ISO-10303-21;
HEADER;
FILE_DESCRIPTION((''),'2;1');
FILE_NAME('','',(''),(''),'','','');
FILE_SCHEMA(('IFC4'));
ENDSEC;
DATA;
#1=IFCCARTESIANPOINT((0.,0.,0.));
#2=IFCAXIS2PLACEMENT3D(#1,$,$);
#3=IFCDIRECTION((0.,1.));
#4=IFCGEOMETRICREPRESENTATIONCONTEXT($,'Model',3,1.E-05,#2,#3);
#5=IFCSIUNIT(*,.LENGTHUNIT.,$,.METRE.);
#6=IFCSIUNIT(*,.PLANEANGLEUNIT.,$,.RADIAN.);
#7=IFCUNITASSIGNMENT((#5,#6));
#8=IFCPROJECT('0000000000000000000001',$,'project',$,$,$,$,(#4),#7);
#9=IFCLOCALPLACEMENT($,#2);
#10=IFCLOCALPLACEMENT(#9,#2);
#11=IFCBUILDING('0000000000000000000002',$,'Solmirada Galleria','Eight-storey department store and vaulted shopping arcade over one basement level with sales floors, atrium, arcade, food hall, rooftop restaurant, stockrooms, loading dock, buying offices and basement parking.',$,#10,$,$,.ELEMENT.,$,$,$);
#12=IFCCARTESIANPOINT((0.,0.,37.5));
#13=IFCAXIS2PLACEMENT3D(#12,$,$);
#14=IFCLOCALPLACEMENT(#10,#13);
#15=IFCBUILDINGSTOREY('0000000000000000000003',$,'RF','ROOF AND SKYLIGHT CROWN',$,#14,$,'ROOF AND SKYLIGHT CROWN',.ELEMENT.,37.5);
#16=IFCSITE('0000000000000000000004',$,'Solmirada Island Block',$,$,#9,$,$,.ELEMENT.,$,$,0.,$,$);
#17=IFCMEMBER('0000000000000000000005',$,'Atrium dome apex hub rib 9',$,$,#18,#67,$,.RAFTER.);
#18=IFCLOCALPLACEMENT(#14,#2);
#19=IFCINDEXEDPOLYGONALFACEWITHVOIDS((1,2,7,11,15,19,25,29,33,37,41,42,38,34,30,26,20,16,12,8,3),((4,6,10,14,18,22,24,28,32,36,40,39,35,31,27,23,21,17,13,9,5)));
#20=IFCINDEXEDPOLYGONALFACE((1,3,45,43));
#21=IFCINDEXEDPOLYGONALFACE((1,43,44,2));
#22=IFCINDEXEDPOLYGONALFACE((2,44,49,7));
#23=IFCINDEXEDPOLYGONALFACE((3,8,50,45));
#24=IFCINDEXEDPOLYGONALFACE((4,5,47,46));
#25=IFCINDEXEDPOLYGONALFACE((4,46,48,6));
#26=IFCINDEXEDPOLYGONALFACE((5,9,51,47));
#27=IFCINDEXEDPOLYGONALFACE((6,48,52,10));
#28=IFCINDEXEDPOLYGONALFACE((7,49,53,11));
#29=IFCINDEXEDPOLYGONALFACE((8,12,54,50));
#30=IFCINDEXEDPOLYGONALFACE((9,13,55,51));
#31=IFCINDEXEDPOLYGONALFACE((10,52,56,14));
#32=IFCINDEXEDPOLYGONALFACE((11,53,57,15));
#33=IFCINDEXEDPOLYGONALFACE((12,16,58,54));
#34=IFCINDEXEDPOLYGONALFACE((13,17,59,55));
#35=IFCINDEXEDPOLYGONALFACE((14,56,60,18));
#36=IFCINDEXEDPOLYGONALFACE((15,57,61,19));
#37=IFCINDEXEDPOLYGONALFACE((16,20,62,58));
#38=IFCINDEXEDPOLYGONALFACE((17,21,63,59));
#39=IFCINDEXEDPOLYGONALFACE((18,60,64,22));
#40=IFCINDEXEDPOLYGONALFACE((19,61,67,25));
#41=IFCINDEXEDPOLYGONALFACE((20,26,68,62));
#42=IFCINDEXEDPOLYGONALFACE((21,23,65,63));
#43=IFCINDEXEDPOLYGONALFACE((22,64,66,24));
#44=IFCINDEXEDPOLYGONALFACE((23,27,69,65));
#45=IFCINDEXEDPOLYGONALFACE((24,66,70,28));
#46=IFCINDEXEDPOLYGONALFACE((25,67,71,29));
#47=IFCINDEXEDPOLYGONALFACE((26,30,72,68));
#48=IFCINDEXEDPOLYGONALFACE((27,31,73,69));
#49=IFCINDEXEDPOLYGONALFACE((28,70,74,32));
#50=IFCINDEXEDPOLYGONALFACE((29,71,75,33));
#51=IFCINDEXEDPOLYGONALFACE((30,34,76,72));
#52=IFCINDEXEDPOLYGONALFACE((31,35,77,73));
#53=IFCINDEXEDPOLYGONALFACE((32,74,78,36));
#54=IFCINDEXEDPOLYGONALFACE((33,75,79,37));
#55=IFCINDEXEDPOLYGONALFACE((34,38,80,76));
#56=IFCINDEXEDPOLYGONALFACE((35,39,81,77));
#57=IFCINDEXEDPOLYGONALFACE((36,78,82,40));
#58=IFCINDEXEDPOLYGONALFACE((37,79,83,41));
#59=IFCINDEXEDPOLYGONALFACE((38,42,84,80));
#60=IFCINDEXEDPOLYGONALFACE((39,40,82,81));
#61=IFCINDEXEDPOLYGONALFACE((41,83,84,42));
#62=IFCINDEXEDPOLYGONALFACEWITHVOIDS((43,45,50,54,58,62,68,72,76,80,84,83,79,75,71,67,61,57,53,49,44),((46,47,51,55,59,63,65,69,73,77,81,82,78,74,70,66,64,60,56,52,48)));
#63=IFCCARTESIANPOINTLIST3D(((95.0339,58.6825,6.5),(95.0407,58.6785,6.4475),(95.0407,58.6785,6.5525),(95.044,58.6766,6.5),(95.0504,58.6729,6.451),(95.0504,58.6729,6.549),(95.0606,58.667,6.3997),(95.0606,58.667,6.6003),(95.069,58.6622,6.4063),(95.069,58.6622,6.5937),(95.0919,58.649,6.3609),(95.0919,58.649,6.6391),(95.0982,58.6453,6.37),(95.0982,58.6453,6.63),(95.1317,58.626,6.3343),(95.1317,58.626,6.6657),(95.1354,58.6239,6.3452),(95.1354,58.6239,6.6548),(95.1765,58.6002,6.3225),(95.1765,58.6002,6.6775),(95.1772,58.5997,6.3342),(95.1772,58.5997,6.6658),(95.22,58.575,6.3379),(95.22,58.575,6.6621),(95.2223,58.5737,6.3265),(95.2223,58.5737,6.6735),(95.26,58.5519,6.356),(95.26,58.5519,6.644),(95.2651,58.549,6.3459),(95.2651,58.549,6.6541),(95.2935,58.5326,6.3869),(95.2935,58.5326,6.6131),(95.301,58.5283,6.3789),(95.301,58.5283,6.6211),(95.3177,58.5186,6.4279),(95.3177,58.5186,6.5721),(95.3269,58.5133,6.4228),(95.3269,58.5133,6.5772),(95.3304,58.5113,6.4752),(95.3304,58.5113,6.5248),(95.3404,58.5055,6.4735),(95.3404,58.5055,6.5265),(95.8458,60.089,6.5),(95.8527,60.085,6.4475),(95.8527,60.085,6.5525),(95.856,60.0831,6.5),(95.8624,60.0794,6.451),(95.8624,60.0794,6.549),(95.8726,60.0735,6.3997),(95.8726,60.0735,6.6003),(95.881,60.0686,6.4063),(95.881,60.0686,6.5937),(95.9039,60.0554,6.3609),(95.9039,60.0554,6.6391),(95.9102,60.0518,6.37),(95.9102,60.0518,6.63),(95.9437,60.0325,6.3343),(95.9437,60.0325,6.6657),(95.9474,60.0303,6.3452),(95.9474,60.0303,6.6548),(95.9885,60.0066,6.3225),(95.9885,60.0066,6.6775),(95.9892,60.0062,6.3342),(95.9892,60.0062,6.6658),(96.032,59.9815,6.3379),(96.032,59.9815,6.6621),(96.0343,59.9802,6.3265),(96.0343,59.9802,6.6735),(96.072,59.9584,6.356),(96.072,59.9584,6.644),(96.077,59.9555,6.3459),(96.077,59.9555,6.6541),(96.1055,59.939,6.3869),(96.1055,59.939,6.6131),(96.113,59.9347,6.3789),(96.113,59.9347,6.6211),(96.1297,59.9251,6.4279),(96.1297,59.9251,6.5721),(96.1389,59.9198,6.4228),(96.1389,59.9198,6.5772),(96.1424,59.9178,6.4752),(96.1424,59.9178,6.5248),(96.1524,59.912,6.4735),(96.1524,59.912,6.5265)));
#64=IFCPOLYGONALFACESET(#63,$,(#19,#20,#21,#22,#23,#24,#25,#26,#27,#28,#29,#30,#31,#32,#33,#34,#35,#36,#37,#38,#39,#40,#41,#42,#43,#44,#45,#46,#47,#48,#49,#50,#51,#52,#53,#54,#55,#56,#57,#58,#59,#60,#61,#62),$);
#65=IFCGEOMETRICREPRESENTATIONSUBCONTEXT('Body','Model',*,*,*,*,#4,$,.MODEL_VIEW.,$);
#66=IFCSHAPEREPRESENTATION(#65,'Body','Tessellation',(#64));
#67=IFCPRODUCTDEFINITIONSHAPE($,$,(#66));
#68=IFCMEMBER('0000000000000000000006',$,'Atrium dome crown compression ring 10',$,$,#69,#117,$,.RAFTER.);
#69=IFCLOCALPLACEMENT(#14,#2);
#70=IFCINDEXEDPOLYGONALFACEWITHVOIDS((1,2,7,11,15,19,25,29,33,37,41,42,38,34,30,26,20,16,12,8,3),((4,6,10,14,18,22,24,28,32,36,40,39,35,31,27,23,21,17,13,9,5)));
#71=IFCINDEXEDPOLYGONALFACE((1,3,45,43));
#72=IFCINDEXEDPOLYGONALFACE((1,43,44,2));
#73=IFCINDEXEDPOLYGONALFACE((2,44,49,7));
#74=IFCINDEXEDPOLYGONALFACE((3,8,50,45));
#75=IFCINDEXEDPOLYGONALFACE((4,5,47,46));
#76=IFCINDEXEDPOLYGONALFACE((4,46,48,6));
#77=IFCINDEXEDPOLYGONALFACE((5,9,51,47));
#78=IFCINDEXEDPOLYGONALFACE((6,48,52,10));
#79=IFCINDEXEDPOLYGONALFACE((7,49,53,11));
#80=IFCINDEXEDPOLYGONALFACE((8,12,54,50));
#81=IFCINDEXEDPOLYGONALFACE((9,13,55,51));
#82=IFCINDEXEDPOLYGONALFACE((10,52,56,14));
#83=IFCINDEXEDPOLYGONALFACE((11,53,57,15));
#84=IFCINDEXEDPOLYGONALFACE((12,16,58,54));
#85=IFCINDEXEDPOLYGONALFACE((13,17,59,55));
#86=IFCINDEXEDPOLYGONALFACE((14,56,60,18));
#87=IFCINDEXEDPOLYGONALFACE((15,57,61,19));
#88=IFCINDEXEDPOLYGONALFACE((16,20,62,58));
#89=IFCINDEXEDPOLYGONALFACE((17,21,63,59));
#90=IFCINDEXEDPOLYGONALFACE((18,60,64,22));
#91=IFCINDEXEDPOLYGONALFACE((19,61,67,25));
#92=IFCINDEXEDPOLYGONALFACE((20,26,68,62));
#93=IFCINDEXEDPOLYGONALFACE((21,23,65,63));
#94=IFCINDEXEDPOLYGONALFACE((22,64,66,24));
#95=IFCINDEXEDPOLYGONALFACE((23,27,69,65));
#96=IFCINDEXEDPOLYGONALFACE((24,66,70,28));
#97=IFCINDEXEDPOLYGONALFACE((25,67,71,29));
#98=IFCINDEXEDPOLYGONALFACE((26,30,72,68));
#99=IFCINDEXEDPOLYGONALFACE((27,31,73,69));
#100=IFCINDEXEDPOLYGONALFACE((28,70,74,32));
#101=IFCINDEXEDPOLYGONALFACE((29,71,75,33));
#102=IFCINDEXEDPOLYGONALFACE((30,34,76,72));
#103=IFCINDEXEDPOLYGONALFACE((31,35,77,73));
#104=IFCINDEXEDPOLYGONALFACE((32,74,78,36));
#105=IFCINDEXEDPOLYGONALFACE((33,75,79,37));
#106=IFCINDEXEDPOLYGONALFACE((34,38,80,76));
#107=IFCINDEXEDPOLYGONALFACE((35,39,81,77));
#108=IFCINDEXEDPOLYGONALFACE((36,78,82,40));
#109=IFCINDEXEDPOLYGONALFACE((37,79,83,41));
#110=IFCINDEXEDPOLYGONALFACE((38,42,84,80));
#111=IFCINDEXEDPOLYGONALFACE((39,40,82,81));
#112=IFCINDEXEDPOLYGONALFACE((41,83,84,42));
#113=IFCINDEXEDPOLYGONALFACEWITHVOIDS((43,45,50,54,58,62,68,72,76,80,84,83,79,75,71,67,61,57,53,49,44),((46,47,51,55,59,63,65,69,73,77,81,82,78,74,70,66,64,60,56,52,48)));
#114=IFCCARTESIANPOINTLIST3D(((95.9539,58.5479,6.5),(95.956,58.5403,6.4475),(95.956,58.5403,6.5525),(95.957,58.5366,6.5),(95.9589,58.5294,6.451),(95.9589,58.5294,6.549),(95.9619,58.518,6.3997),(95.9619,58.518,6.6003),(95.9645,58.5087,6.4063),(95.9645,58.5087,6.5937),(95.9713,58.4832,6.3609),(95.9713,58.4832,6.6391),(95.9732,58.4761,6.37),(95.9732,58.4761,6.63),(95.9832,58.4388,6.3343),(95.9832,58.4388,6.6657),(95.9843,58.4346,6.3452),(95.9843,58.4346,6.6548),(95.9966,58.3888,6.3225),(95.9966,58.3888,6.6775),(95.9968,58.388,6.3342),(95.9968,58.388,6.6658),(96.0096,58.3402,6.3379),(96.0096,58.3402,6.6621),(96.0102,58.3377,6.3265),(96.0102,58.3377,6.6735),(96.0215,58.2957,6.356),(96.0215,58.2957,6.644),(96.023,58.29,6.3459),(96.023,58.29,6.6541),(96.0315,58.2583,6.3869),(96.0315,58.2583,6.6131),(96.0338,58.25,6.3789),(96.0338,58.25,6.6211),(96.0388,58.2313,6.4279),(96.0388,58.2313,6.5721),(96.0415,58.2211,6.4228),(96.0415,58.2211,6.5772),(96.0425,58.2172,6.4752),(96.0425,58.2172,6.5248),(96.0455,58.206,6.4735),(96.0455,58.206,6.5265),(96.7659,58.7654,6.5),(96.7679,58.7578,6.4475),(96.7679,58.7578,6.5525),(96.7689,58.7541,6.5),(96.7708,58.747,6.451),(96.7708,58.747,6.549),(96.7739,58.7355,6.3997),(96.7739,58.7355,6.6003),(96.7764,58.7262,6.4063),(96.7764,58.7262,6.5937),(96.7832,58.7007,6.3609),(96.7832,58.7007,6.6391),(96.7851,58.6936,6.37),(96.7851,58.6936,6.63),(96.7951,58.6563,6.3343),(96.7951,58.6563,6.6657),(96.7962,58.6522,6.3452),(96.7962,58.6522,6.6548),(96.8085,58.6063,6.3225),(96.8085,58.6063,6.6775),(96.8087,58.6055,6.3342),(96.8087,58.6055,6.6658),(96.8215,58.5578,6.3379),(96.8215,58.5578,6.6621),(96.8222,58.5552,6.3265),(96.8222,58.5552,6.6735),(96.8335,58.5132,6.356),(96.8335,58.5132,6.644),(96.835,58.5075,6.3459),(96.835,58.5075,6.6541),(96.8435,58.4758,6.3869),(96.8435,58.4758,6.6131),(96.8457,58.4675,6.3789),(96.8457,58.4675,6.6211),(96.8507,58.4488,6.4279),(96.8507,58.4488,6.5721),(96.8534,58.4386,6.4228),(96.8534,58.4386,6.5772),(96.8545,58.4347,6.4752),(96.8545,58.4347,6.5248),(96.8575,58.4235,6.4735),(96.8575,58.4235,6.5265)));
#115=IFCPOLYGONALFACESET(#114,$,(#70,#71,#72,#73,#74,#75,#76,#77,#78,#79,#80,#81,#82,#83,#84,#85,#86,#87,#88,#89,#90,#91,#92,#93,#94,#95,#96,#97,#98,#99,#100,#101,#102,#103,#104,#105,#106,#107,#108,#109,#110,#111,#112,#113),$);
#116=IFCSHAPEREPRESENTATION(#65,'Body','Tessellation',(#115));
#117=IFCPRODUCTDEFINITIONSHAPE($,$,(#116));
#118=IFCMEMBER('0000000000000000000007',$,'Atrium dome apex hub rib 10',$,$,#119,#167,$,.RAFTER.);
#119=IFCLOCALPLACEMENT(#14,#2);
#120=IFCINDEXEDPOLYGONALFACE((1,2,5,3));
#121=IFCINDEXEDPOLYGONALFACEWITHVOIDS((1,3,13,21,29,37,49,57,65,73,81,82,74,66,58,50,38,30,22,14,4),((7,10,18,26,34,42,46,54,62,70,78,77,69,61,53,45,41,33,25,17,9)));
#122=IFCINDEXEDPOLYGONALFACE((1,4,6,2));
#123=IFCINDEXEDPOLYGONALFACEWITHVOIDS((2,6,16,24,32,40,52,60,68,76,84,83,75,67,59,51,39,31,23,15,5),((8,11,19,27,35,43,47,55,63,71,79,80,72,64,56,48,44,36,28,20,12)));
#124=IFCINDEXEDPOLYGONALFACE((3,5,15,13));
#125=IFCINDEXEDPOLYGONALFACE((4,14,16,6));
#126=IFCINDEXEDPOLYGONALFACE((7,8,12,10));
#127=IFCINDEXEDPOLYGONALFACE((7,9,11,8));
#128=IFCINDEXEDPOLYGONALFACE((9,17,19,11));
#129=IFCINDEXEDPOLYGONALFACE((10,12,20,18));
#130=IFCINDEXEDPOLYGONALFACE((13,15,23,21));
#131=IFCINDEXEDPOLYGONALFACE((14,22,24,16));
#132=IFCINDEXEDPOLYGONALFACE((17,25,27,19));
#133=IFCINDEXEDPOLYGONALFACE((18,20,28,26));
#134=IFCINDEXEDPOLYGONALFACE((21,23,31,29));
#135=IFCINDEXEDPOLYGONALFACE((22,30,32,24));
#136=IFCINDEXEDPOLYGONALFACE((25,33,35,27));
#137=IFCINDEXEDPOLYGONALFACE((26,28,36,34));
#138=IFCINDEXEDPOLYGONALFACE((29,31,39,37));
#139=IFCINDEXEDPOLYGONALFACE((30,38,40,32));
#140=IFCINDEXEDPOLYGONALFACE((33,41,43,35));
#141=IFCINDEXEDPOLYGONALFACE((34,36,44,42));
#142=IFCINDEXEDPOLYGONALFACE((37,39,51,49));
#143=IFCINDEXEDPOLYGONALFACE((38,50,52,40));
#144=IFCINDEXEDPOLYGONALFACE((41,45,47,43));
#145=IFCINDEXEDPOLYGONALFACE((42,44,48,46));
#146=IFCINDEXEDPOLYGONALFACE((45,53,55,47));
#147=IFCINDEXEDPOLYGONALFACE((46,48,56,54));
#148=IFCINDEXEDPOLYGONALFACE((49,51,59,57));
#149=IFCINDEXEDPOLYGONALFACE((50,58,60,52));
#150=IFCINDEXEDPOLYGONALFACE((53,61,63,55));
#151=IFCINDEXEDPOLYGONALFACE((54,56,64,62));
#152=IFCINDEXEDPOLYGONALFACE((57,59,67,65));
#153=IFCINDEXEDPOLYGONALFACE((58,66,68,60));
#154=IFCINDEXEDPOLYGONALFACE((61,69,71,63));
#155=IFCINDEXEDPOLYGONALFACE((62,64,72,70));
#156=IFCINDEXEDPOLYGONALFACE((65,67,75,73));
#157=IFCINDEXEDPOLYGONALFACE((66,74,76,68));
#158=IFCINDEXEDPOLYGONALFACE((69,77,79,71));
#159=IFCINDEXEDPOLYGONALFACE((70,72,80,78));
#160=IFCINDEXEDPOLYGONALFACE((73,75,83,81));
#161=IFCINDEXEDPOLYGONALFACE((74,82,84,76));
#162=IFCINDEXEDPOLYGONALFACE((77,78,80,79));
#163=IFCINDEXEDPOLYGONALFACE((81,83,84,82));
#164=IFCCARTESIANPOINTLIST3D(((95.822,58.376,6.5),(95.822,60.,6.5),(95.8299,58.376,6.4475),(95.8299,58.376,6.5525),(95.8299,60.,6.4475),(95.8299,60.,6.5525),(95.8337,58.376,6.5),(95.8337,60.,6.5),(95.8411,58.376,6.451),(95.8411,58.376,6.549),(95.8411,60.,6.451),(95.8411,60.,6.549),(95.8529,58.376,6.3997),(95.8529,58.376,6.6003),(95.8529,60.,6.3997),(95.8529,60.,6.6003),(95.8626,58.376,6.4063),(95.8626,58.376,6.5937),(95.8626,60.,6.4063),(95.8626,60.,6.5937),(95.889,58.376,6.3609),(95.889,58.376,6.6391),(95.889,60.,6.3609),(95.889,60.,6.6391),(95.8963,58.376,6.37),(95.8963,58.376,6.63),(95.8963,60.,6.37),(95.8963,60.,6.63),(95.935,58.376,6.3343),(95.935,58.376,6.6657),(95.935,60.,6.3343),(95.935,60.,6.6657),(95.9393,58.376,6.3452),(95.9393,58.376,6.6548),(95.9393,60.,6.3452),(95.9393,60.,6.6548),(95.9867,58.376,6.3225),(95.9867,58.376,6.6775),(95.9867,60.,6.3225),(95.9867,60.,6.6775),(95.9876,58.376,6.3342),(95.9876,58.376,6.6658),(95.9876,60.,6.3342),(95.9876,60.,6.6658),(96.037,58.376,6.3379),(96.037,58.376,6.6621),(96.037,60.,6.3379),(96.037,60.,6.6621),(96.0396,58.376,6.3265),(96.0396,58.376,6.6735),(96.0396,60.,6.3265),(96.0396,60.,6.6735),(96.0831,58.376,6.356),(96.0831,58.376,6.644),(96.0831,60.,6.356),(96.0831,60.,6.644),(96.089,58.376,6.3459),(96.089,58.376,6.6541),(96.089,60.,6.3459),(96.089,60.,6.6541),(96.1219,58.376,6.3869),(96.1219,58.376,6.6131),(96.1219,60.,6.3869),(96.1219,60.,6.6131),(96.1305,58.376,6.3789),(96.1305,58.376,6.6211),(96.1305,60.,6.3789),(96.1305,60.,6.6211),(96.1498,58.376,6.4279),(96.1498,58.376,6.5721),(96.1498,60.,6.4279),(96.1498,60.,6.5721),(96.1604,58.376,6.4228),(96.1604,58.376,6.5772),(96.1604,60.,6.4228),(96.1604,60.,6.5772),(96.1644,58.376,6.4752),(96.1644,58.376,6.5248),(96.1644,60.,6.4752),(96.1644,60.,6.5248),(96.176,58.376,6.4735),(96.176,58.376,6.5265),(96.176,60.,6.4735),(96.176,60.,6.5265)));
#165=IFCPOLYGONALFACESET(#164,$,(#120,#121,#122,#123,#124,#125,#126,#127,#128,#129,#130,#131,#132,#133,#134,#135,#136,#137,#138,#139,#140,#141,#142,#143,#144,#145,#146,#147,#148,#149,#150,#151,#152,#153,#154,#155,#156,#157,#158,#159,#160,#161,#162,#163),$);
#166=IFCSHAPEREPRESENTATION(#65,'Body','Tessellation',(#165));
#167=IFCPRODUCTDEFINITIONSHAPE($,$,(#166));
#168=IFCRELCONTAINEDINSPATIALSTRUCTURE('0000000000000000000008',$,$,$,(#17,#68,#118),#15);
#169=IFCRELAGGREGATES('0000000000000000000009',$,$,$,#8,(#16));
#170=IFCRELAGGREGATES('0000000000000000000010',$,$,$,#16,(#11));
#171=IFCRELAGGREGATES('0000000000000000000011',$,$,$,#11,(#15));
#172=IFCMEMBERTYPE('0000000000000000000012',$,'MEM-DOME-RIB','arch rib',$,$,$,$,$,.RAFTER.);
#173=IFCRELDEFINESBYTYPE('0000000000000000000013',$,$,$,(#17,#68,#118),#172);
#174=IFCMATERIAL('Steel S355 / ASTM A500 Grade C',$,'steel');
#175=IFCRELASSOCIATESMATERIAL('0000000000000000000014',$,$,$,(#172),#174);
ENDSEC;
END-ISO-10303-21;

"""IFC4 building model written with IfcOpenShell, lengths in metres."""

from ifc_helpers import new_model, si_unit, direction, frame, origin, origin_2d, place, context, subcontext, project, spatial, hollow_circle, extrude, material, material_profile, profile_set, type_object, element, save


model = new_model("IFC4")

# Units and contexts
model_context = context("Model", 3, precision=1e-05, world=origin(), true_north=direction((0.0, 1.0)))
body_context = subcontext(model_context, "Body", "Model", "MODEL_VIEW")
ifc_project = project(units=[si_unit("LENGTHUNIT", "METRE"), si_unit("PLANEANGLEUNIT", "RADIAN")], contexts=[model_context])

# Site, building, storey
site_placement = place(None, origin())
site = spatial("IfcSite", under=ifc_project, at=site_placement, Name="Solmirada Island Block", CompositionType="ELEMENT", RefElevation=0.0)
building_placement = place(site_placement, origin())
building = spatial("IfcBuilding", under=site, at=building_placement, Name="Solmirada Galleria", Description="Eight-storey department store and vaulted shopping arcade over one basement level with sales floors, atrium, arcade, food hall, rooftop restaurant, stockrooms, loading dock, buying offices and basement parking.", CompositionType="ELEMENT")
storey_placement = place(building_placement, frame((0.0, 0.0, 37.5)))
storey = spatial("IfcBuildingStorey", under=building, at=storey_placement, Name="RF", Description="ROOF AND SKYLIGHT CROWN", LongName="ROOF AND SKYLIGHT CROWN", CompositionType="ELEMENT", Elevation=37.5)

# Members
ifc_material_1 = material(Name="Steel S355 / ASTM A500 Grade C", Category="steel")
ifc_material_profile_1 = material_profile(ifc_material_1, hollow_circle(Radius=0.178, WallThickness=0.0117, at=origin_2d()), Name="HSS14.000X0.500")
ifc_profile_set_1 = profile_set([ifc_material_profile_1], Name="Steel S355 / ASTM A500 Grade C")
member_type_1 = type_object("IfcMemberType", Name="MEM-DOME-RIB", Description="arch rib", PredefinedType="RAFTER", material=ifc_profile_set_1)
member_1_placement = place(storey_placement, frame((95.188, 58.5935, 6.5), z_axis=(0.499987, 0.866033, 0.0), x_axis=(-0.866033, 0.499987, 0.0)))
element("IfcMember", 1, at=member_1_placement, inside=storey, type_object=member_type_1, Name="Atrium dome apex hub rib 9", PredefinedType="RAFTER", context=body_context, shape_type="SweptSolid", body=[
    extrude(hollow_circle(Radius=0.178, WallThickness=0.0117, at=origin_2d()), origin(), (0.0, 0.0, 1.0), 1.624),
])
member_2_placement = place(storey_placement, frame((96.0, 58.376, 6.5), z_axis=(0.96594, 0.258765, 0.0), x_axis=(-0.258765, 0.96594, 0.0)))
element("IfcMember", 2, at=member_2_placement, inside=storey, type_object=member_type_1, Name="Atrium dome crown compression ring 10", PredefinedType="RAFTER", context=body_context, shape_type="SweptSolid", body=[
    extrude(hollow_circle(Radius=0.178, WallThickness=0.0117, at=origin_2d()), origin(), (0.0, 0.0, 1.0), 0.8406),
])
member_3_placement = place(storey_placement, frame((96.0, 58.376, 6.5), z_axis=(0.0, 1.0, 0.0), x_axis=(-1.0, 0.0, 0.0)))
element("IfcMember", 3, at=member_3_placement, inside=storey, type_object=member_type_1, Name="Atrium dome apex hub rib 10", PredefinedType="RAFTER", context=body_context, shape_type="SweptSolid", body=[
    extrude(hollow_circle(Radius=0.178, WallThickness=0.0117, at=origin_2d()), origin(), (0.0, 0.0, 1.0), 1.624),
])

save(model, "model.ifc")
